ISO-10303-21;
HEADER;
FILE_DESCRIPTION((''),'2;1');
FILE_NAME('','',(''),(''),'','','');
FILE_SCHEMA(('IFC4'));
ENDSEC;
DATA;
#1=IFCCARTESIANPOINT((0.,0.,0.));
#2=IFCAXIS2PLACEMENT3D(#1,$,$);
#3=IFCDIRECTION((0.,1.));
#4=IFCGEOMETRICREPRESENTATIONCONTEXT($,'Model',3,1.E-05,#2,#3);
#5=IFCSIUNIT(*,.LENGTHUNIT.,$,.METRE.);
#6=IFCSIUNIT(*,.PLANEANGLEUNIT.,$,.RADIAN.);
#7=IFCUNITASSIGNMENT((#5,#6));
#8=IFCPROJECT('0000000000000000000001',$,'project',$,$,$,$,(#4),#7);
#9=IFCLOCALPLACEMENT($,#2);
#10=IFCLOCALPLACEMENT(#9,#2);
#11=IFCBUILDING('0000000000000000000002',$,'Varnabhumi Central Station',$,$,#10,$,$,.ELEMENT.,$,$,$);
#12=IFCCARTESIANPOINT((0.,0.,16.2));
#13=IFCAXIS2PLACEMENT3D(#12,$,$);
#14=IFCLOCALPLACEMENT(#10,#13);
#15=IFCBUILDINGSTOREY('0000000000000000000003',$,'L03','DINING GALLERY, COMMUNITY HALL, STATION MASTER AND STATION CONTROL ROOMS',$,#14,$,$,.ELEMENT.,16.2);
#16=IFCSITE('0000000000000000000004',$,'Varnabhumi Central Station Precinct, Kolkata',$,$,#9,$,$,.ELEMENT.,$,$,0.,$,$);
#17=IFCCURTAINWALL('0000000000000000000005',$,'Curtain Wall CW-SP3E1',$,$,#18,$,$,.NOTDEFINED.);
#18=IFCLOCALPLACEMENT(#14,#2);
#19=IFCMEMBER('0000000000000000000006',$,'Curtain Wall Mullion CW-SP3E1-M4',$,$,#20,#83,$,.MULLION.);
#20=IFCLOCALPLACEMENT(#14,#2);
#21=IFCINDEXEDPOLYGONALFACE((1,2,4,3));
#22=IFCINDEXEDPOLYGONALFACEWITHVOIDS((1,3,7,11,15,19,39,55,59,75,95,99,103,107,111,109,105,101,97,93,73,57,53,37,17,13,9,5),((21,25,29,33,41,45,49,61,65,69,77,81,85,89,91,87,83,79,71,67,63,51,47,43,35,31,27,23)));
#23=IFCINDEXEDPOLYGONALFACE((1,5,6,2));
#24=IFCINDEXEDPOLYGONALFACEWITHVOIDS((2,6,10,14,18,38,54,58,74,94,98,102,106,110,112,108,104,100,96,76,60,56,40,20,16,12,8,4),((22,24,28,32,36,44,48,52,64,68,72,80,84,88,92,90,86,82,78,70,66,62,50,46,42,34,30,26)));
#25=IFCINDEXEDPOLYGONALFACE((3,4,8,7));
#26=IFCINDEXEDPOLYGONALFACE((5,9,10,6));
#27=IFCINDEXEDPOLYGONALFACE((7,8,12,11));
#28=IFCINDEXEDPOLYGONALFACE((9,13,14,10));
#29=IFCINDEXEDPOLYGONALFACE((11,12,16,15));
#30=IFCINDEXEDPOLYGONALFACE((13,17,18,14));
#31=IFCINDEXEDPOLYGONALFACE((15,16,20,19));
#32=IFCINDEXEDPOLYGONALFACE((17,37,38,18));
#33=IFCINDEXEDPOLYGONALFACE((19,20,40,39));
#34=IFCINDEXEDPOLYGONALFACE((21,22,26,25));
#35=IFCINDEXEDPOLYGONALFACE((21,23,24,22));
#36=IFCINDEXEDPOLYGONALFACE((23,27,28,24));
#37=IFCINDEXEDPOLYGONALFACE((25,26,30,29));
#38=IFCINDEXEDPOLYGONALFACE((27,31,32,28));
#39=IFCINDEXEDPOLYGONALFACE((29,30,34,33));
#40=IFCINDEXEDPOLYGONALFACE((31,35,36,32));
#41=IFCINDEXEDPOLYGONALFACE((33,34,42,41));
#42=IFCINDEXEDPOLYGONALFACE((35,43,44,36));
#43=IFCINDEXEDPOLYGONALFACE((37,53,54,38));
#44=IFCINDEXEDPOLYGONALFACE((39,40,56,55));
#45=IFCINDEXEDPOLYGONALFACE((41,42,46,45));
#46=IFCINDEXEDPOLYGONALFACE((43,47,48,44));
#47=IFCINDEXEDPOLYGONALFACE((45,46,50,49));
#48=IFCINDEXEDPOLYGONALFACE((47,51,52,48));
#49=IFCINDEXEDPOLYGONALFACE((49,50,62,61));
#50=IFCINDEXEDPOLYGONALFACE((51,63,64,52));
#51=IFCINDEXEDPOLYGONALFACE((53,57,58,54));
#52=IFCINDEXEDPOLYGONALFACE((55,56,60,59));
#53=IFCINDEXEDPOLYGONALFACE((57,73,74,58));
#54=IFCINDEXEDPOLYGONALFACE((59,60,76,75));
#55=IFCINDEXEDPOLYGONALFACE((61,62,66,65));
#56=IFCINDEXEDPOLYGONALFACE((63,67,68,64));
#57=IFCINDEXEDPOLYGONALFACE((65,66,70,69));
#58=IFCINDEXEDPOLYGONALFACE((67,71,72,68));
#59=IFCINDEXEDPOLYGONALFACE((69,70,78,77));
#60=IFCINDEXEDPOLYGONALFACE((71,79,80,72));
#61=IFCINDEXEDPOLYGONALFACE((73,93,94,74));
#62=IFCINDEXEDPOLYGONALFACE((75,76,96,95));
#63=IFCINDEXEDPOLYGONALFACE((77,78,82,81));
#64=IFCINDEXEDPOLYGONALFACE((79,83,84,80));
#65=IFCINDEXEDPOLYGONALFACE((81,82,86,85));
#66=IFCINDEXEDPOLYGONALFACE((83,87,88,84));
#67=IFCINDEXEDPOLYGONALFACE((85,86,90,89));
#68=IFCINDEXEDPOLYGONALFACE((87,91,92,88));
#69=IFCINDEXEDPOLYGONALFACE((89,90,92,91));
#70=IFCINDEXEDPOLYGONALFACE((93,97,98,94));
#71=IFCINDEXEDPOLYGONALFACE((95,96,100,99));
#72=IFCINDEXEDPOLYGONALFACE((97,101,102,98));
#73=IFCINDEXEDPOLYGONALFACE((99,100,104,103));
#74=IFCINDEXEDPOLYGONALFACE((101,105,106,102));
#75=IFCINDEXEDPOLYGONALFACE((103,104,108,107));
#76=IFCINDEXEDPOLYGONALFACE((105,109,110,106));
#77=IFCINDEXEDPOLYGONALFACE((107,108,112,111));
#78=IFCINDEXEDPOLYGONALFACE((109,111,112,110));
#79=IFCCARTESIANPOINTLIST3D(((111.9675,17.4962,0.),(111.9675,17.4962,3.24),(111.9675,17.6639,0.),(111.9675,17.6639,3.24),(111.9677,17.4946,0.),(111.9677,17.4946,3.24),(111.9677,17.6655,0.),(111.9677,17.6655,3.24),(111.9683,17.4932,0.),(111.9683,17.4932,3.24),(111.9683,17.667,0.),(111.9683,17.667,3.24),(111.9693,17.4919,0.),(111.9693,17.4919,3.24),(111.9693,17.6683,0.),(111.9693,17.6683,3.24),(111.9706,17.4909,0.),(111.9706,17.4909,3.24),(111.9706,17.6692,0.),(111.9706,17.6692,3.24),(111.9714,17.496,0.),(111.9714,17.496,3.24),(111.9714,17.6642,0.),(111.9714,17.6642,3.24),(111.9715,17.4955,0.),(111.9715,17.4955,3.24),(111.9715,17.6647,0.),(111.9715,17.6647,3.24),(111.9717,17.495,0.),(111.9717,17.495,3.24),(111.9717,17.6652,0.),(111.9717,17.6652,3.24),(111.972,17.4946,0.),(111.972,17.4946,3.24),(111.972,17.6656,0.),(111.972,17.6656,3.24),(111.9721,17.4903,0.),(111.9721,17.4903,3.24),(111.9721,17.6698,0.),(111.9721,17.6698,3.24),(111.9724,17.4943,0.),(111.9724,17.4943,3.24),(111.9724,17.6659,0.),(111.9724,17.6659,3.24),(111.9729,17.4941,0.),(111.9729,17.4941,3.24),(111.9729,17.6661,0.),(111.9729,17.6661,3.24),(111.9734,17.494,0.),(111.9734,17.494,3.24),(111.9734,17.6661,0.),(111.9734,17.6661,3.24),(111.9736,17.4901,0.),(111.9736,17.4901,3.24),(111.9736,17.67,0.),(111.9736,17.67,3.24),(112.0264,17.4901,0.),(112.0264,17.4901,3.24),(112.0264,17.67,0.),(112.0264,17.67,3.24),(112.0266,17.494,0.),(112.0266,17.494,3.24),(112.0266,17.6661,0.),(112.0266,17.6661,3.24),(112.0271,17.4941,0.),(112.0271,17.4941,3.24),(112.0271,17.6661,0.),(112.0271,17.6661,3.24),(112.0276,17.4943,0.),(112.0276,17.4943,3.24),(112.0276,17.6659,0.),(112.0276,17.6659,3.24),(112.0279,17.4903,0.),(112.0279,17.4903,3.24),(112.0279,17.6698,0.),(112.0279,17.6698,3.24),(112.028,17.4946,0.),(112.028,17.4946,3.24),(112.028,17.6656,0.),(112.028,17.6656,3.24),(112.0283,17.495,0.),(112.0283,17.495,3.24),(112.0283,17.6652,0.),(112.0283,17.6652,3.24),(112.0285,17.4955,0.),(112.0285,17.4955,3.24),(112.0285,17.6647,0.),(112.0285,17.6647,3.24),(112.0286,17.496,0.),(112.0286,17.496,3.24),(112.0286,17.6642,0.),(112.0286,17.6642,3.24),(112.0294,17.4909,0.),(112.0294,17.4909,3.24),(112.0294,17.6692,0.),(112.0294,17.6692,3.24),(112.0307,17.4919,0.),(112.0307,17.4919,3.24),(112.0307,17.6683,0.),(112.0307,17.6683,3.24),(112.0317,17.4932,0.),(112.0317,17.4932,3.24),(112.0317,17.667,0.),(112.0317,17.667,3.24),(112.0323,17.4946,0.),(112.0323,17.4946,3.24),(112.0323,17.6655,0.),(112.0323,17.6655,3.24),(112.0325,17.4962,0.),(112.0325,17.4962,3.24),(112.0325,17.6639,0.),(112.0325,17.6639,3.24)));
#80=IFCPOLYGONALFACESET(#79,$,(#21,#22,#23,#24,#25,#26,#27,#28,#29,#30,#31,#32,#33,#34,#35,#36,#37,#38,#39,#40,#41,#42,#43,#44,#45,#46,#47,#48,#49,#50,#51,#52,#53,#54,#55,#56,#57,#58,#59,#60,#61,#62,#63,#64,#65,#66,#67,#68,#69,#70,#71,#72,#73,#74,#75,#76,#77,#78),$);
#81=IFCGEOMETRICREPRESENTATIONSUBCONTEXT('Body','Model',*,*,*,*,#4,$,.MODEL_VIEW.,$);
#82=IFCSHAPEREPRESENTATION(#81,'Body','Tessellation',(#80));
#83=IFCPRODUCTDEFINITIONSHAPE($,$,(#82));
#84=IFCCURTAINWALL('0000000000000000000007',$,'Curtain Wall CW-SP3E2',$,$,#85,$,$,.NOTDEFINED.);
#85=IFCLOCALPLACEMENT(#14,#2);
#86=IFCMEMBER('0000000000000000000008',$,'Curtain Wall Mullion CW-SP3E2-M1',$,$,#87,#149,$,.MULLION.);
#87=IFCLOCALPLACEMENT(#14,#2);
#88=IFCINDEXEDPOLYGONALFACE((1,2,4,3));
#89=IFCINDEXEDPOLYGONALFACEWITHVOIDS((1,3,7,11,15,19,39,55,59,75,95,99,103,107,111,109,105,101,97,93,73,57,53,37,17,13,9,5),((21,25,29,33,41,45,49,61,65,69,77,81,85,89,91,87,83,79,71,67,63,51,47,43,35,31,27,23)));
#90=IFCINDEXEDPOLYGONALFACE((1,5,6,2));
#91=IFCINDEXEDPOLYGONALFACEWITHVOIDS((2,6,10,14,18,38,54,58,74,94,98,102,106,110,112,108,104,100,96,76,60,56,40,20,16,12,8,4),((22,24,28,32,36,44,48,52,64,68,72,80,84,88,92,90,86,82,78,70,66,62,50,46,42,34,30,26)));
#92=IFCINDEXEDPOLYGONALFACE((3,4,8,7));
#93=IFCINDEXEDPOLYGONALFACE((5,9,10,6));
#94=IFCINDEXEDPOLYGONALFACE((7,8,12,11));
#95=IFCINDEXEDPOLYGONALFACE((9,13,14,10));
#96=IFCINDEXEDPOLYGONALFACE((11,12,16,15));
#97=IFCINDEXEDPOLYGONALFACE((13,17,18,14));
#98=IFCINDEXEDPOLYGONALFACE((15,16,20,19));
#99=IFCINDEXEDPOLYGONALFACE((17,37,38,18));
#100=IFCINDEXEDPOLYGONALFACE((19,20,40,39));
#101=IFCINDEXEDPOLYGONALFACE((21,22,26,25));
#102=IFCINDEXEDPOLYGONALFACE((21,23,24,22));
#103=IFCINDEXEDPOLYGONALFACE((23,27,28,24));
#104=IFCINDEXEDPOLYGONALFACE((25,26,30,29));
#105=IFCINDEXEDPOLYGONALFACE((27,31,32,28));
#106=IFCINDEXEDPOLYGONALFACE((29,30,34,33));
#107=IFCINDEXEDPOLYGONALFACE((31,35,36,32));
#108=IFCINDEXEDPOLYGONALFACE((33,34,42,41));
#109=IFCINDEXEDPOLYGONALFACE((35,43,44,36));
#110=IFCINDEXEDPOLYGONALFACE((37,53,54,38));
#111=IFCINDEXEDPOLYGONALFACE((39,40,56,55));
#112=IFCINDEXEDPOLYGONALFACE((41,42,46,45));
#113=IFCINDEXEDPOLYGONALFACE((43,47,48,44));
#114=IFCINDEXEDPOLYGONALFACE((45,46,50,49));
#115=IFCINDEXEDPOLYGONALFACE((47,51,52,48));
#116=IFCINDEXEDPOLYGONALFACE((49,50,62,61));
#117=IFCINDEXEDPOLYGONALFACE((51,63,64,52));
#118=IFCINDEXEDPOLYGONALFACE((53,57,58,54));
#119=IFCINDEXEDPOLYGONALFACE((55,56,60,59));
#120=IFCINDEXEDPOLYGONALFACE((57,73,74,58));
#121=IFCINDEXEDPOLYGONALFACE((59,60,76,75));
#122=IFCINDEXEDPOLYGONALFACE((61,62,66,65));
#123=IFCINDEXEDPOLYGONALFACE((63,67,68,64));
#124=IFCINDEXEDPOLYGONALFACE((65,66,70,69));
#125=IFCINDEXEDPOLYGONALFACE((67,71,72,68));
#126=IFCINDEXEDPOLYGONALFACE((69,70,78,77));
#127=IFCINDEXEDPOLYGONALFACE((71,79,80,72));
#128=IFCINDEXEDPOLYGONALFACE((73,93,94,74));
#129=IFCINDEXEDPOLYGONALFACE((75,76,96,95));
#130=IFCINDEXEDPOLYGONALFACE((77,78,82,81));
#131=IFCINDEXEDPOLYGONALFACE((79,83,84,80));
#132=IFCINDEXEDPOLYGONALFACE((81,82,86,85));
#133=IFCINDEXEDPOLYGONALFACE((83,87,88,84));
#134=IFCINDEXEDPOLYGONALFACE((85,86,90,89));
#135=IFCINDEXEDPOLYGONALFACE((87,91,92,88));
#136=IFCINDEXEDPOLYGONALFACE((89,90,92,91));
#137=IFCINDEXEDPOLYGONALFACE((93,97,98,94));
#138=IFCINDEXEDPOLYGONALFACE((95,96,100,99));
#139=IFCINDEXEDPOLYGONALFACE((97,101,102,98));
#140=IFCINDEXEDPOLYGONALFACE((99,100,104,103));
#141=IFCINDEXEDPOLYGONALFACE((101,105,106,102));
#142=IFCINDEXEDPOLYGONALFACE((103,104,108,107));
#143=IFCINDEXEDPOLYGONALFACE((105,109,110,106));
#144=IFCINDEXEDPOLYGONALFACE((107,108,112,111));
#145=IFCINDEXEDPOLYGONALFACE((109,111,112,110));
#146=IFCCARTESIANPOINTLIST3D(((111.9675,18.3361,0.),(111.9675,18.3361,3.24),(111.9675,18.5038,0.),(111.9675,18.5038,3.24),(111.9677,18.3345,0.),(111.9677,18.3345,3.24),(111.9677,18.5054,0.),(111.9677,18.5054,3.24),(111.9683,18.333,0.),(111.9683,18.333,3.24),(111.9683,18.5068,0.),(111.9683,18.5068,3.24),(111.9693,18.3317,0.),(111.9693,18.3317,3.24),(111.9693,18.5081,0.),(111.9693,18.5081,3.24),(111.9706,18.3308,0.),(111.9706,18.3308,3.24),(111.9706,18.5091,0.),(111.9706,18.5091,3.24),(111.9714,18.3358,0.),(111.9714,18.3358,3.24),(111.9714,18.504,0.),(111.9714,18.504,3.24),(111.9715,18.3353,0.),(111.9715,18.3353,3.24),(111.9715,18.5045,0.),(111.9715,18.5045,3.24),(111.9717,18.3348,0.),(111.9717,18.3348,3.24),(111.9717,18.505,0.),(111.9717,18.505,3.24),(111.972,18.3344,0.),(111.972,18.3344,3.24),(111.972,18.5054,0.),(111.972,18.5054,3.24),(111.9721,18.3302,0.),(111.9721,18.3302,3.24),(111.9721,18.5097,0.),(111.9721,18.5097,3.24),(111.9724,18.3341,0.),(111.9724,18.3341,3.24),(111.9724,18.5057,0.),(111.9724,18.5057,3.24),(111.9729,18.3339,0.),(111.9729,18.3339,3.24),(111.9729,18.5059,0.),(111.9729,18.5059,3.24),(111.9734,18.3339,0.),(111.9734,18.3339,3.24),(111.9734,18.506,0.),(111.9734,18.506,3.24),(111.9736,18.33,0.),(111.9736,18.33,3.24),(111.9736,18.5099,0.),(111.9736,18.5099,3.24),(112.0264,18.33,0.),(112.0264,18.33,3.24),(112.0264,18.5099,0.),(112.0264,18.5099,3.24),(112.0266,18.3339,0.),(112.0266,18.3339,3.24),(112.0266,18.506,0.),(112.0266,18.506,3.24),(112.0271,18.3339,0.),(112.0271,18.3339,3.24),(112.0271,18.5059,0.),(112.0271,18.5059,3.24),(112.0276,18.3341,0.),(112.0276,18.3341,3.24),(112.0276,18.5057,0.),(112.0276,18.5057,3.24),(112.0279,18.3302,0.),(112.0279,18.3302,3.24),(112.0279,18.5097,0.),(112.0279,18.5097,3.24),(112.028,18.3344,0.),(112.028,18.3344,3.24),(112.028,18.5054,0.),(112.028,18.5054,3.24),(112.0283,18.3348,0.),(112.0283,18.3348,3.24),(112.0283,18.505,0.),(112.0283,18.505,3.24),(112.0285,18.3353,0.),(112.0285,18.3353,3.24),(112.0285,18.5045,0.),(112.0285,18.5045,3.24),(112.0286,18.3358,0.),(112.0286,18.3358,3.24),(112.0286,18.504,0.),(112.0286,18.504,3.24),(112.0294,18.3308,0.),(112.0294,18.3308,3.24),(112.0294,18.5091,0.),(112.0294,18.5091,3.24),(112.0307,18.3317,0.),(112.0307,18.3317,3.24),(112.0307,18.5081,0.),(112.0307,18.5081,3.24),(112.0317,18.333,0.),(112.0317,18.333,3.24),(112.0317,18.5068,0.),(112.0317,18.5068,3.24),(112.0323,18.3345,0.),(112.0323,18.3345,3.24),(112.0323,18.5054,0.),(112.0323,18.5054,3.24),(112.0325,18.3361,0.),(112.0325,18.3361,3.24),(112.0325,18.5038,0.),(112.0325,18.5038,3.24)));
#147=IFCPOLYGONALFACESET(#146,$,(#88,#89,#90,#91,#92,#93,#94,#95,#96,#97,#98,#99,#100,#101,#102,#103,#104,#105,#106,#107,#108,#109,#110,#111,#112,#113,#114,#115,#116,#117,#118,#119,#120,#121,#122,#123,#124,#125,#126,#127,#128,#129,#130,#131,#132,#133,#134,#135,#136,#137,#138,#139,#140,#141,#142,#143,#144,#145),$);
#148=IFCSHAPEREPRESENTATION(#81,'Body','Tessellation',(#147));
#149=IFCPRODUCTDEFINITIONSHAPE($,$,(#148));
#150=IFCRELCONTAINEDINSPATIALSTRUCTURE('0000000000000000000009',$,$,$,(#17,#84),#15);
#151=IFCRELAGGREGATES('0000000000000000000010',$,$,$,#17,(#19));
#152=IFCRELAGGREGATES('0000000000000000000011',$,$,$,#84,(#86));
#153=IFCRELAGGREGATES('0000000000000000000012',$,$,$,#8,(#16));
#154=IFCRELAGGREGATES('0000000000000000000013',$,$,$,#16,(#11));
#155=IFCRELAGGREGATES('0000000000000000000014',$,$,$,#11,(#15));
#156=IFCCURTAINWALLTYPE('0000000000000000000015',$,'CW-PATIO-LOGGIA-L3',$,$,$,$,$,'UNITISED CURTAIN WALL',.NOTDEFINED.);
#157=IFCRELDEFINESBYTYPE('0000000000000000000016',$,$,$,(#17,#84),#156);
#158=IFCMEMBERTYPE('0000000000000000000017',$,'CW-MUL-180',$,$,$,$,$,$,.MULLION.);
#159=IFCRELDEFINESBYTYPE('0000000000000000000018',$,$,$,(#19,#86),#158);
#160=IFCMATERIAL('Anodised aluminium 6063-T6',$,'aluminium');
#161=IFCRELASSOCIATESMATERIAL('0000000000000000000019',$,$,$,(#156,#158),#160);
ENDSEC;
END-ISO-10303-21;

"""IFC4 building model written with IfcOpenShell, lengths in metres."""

from ifc_helpers import new_model, si_unit, direction, frame, origin, origin_2d, place, context, subcontext, project, spatial, hollow_rectangle, extrude, material, material_profile, profile_set, type_object, element, aggregate, save


model = new_model("IFC4")

# Units and contexts
model_context = context("Model", 3, precision=1e-05, world=origin(), true_north=direction((0.0, 1.0)))
body_context = subcontext(model_context, "Body", "Model", "MODEL_VIEW")
ifc_project = project(units=[si_unit("LENGTHUNIT", "METRE"), si_unit("PLANEANGLEUNIT", "RADIAN")], contexts=[model_context])

# Site, building, storey
site_placement = place(None, origin())
site = spatial("IfcSite", under=ifc_project, at=site_placement, Name="Varnabhumi Central Station Precinct, Kolkata", CompositionType="ELEMENT", RefElevation=0.0)
building_placement = place(site_placement, origin())
building = spatial("IfcBuilding", under=site, at=building_placement, Name="Varnabhumi Central Station", CompositionType="ELEMENT")
storey_placement = place(building_placement, frame((0.0, 0.0, 16.2)))
storey = spatial("IfcBuildingStorey", under=building, at=storey_placement, Name="L03", Description="DINING GALLERY, COMMUNITY HALL, STATION MASTER AND STATION CONTROL ROOMS", CompositionType="ELEMENT", Elevation=16.2)

# Curtain walls, members
ifc_material_1 = material(Name="Anodised aluminium 6063-T6", Category="aluminium")
curtain_wall_type = type_object("IfcCurtainWallType", Name="CW-PATIO-LOGGIA-L3", ElementType="UNITISED CURTAIN WALL", PredefinedType="NOTDEFINED", material=ifc_material_1)
curtain_wall_1_placement = place(storey_placement, origin())
curtain_wall_1 = element("IfcCurtainWall", 1, at=curtain_wall_1_placement, inside=storey, type_object=curtain_wall_type, Name="Curtain Wall CW-SP3E1", PredefinedType="NOTDEFINED")
ifc_material_profile_1 = material_profile(ifc_material_1, hollow_rectangle(XDim=0.0649, YDim=0.1799, WallThickness=0.0039, InnerFilletRadius=0.002, OuterFilletRadius=0.0061, at=origin_2d()), Name="Anodised aluminium 6063-T6", Category="aluminium")
ifc_profile_set_1 = profile_set([ifc_material_profile_1], Name="Anodised aluminium 6063-T6")
member_type_1 = type_object("IfcMemberType", Name="CW-MUL-180", PredefinedType="MULLION", material=ifc_profile_set_1)
member_1_placement = place(storey_placement, frame((112.0, 17.5801, 0.0), z_axis=(0.0, 0.0, 1.0), x_axis=(1.0, 0.0, 0.0)))
member_1 = element("IfcMember", 2, at=member_1_placement, type_object=member_type_1, Name="Curtain Wall Mullion CW-SP3E1-M4", PredefinedType="MULLION", context=body_context, shape_type="SweptSolid", body=[
    extrude(hollow_rectangle(XDim=0.0649, YDim=0.1799, WallThickness=0.0039, InnerFilletRadius=0.002, OuterFilletRadius=0.0061, at=origin_2d()), origin(), (0.0, 0.0, 1.0), 3.24),
])
curtain_wall_2_placement = place(storey_placement, origin())
curtain_wall_2 = element("IfcCurtainWall", 3, at=curtain_wall_2_placement, inside=storey, type_object=curtain_wall_type, Name="Curtain Wall CW-SP3E2", PredefinedType="NOTDEFINED")
member_2_placement = place(storey_placement, frame((112.0, 18.4199, 0.0), z_axis=(0.0, 0.0, 1.0), x_axis=(1.0, 0.0, 0.0)))
member_2 = element("IfcMember", 4, at=member_2_placement, type_object=member_type_1, Name="Curtain Wall Mullion CW-SP3E2-M1", PredefinedType="MULLION", context=body_context, shape_type="SweptSolid", body=[
    extrude(hollow_rectangle(XDim=0.0649, YDim=0.1799, WallThickness=0.0039, InnerFilletRadius=0.002, OuterFilletRadius=0.0061, at=origin_2d()), origin(), (0.0, 0.0, 1.0), 3.24),
])

aggregate(curtain_wall_1, [member_1])
aggregate(curtain_wall_2, [member_2])

save(model, "model.ifc")
